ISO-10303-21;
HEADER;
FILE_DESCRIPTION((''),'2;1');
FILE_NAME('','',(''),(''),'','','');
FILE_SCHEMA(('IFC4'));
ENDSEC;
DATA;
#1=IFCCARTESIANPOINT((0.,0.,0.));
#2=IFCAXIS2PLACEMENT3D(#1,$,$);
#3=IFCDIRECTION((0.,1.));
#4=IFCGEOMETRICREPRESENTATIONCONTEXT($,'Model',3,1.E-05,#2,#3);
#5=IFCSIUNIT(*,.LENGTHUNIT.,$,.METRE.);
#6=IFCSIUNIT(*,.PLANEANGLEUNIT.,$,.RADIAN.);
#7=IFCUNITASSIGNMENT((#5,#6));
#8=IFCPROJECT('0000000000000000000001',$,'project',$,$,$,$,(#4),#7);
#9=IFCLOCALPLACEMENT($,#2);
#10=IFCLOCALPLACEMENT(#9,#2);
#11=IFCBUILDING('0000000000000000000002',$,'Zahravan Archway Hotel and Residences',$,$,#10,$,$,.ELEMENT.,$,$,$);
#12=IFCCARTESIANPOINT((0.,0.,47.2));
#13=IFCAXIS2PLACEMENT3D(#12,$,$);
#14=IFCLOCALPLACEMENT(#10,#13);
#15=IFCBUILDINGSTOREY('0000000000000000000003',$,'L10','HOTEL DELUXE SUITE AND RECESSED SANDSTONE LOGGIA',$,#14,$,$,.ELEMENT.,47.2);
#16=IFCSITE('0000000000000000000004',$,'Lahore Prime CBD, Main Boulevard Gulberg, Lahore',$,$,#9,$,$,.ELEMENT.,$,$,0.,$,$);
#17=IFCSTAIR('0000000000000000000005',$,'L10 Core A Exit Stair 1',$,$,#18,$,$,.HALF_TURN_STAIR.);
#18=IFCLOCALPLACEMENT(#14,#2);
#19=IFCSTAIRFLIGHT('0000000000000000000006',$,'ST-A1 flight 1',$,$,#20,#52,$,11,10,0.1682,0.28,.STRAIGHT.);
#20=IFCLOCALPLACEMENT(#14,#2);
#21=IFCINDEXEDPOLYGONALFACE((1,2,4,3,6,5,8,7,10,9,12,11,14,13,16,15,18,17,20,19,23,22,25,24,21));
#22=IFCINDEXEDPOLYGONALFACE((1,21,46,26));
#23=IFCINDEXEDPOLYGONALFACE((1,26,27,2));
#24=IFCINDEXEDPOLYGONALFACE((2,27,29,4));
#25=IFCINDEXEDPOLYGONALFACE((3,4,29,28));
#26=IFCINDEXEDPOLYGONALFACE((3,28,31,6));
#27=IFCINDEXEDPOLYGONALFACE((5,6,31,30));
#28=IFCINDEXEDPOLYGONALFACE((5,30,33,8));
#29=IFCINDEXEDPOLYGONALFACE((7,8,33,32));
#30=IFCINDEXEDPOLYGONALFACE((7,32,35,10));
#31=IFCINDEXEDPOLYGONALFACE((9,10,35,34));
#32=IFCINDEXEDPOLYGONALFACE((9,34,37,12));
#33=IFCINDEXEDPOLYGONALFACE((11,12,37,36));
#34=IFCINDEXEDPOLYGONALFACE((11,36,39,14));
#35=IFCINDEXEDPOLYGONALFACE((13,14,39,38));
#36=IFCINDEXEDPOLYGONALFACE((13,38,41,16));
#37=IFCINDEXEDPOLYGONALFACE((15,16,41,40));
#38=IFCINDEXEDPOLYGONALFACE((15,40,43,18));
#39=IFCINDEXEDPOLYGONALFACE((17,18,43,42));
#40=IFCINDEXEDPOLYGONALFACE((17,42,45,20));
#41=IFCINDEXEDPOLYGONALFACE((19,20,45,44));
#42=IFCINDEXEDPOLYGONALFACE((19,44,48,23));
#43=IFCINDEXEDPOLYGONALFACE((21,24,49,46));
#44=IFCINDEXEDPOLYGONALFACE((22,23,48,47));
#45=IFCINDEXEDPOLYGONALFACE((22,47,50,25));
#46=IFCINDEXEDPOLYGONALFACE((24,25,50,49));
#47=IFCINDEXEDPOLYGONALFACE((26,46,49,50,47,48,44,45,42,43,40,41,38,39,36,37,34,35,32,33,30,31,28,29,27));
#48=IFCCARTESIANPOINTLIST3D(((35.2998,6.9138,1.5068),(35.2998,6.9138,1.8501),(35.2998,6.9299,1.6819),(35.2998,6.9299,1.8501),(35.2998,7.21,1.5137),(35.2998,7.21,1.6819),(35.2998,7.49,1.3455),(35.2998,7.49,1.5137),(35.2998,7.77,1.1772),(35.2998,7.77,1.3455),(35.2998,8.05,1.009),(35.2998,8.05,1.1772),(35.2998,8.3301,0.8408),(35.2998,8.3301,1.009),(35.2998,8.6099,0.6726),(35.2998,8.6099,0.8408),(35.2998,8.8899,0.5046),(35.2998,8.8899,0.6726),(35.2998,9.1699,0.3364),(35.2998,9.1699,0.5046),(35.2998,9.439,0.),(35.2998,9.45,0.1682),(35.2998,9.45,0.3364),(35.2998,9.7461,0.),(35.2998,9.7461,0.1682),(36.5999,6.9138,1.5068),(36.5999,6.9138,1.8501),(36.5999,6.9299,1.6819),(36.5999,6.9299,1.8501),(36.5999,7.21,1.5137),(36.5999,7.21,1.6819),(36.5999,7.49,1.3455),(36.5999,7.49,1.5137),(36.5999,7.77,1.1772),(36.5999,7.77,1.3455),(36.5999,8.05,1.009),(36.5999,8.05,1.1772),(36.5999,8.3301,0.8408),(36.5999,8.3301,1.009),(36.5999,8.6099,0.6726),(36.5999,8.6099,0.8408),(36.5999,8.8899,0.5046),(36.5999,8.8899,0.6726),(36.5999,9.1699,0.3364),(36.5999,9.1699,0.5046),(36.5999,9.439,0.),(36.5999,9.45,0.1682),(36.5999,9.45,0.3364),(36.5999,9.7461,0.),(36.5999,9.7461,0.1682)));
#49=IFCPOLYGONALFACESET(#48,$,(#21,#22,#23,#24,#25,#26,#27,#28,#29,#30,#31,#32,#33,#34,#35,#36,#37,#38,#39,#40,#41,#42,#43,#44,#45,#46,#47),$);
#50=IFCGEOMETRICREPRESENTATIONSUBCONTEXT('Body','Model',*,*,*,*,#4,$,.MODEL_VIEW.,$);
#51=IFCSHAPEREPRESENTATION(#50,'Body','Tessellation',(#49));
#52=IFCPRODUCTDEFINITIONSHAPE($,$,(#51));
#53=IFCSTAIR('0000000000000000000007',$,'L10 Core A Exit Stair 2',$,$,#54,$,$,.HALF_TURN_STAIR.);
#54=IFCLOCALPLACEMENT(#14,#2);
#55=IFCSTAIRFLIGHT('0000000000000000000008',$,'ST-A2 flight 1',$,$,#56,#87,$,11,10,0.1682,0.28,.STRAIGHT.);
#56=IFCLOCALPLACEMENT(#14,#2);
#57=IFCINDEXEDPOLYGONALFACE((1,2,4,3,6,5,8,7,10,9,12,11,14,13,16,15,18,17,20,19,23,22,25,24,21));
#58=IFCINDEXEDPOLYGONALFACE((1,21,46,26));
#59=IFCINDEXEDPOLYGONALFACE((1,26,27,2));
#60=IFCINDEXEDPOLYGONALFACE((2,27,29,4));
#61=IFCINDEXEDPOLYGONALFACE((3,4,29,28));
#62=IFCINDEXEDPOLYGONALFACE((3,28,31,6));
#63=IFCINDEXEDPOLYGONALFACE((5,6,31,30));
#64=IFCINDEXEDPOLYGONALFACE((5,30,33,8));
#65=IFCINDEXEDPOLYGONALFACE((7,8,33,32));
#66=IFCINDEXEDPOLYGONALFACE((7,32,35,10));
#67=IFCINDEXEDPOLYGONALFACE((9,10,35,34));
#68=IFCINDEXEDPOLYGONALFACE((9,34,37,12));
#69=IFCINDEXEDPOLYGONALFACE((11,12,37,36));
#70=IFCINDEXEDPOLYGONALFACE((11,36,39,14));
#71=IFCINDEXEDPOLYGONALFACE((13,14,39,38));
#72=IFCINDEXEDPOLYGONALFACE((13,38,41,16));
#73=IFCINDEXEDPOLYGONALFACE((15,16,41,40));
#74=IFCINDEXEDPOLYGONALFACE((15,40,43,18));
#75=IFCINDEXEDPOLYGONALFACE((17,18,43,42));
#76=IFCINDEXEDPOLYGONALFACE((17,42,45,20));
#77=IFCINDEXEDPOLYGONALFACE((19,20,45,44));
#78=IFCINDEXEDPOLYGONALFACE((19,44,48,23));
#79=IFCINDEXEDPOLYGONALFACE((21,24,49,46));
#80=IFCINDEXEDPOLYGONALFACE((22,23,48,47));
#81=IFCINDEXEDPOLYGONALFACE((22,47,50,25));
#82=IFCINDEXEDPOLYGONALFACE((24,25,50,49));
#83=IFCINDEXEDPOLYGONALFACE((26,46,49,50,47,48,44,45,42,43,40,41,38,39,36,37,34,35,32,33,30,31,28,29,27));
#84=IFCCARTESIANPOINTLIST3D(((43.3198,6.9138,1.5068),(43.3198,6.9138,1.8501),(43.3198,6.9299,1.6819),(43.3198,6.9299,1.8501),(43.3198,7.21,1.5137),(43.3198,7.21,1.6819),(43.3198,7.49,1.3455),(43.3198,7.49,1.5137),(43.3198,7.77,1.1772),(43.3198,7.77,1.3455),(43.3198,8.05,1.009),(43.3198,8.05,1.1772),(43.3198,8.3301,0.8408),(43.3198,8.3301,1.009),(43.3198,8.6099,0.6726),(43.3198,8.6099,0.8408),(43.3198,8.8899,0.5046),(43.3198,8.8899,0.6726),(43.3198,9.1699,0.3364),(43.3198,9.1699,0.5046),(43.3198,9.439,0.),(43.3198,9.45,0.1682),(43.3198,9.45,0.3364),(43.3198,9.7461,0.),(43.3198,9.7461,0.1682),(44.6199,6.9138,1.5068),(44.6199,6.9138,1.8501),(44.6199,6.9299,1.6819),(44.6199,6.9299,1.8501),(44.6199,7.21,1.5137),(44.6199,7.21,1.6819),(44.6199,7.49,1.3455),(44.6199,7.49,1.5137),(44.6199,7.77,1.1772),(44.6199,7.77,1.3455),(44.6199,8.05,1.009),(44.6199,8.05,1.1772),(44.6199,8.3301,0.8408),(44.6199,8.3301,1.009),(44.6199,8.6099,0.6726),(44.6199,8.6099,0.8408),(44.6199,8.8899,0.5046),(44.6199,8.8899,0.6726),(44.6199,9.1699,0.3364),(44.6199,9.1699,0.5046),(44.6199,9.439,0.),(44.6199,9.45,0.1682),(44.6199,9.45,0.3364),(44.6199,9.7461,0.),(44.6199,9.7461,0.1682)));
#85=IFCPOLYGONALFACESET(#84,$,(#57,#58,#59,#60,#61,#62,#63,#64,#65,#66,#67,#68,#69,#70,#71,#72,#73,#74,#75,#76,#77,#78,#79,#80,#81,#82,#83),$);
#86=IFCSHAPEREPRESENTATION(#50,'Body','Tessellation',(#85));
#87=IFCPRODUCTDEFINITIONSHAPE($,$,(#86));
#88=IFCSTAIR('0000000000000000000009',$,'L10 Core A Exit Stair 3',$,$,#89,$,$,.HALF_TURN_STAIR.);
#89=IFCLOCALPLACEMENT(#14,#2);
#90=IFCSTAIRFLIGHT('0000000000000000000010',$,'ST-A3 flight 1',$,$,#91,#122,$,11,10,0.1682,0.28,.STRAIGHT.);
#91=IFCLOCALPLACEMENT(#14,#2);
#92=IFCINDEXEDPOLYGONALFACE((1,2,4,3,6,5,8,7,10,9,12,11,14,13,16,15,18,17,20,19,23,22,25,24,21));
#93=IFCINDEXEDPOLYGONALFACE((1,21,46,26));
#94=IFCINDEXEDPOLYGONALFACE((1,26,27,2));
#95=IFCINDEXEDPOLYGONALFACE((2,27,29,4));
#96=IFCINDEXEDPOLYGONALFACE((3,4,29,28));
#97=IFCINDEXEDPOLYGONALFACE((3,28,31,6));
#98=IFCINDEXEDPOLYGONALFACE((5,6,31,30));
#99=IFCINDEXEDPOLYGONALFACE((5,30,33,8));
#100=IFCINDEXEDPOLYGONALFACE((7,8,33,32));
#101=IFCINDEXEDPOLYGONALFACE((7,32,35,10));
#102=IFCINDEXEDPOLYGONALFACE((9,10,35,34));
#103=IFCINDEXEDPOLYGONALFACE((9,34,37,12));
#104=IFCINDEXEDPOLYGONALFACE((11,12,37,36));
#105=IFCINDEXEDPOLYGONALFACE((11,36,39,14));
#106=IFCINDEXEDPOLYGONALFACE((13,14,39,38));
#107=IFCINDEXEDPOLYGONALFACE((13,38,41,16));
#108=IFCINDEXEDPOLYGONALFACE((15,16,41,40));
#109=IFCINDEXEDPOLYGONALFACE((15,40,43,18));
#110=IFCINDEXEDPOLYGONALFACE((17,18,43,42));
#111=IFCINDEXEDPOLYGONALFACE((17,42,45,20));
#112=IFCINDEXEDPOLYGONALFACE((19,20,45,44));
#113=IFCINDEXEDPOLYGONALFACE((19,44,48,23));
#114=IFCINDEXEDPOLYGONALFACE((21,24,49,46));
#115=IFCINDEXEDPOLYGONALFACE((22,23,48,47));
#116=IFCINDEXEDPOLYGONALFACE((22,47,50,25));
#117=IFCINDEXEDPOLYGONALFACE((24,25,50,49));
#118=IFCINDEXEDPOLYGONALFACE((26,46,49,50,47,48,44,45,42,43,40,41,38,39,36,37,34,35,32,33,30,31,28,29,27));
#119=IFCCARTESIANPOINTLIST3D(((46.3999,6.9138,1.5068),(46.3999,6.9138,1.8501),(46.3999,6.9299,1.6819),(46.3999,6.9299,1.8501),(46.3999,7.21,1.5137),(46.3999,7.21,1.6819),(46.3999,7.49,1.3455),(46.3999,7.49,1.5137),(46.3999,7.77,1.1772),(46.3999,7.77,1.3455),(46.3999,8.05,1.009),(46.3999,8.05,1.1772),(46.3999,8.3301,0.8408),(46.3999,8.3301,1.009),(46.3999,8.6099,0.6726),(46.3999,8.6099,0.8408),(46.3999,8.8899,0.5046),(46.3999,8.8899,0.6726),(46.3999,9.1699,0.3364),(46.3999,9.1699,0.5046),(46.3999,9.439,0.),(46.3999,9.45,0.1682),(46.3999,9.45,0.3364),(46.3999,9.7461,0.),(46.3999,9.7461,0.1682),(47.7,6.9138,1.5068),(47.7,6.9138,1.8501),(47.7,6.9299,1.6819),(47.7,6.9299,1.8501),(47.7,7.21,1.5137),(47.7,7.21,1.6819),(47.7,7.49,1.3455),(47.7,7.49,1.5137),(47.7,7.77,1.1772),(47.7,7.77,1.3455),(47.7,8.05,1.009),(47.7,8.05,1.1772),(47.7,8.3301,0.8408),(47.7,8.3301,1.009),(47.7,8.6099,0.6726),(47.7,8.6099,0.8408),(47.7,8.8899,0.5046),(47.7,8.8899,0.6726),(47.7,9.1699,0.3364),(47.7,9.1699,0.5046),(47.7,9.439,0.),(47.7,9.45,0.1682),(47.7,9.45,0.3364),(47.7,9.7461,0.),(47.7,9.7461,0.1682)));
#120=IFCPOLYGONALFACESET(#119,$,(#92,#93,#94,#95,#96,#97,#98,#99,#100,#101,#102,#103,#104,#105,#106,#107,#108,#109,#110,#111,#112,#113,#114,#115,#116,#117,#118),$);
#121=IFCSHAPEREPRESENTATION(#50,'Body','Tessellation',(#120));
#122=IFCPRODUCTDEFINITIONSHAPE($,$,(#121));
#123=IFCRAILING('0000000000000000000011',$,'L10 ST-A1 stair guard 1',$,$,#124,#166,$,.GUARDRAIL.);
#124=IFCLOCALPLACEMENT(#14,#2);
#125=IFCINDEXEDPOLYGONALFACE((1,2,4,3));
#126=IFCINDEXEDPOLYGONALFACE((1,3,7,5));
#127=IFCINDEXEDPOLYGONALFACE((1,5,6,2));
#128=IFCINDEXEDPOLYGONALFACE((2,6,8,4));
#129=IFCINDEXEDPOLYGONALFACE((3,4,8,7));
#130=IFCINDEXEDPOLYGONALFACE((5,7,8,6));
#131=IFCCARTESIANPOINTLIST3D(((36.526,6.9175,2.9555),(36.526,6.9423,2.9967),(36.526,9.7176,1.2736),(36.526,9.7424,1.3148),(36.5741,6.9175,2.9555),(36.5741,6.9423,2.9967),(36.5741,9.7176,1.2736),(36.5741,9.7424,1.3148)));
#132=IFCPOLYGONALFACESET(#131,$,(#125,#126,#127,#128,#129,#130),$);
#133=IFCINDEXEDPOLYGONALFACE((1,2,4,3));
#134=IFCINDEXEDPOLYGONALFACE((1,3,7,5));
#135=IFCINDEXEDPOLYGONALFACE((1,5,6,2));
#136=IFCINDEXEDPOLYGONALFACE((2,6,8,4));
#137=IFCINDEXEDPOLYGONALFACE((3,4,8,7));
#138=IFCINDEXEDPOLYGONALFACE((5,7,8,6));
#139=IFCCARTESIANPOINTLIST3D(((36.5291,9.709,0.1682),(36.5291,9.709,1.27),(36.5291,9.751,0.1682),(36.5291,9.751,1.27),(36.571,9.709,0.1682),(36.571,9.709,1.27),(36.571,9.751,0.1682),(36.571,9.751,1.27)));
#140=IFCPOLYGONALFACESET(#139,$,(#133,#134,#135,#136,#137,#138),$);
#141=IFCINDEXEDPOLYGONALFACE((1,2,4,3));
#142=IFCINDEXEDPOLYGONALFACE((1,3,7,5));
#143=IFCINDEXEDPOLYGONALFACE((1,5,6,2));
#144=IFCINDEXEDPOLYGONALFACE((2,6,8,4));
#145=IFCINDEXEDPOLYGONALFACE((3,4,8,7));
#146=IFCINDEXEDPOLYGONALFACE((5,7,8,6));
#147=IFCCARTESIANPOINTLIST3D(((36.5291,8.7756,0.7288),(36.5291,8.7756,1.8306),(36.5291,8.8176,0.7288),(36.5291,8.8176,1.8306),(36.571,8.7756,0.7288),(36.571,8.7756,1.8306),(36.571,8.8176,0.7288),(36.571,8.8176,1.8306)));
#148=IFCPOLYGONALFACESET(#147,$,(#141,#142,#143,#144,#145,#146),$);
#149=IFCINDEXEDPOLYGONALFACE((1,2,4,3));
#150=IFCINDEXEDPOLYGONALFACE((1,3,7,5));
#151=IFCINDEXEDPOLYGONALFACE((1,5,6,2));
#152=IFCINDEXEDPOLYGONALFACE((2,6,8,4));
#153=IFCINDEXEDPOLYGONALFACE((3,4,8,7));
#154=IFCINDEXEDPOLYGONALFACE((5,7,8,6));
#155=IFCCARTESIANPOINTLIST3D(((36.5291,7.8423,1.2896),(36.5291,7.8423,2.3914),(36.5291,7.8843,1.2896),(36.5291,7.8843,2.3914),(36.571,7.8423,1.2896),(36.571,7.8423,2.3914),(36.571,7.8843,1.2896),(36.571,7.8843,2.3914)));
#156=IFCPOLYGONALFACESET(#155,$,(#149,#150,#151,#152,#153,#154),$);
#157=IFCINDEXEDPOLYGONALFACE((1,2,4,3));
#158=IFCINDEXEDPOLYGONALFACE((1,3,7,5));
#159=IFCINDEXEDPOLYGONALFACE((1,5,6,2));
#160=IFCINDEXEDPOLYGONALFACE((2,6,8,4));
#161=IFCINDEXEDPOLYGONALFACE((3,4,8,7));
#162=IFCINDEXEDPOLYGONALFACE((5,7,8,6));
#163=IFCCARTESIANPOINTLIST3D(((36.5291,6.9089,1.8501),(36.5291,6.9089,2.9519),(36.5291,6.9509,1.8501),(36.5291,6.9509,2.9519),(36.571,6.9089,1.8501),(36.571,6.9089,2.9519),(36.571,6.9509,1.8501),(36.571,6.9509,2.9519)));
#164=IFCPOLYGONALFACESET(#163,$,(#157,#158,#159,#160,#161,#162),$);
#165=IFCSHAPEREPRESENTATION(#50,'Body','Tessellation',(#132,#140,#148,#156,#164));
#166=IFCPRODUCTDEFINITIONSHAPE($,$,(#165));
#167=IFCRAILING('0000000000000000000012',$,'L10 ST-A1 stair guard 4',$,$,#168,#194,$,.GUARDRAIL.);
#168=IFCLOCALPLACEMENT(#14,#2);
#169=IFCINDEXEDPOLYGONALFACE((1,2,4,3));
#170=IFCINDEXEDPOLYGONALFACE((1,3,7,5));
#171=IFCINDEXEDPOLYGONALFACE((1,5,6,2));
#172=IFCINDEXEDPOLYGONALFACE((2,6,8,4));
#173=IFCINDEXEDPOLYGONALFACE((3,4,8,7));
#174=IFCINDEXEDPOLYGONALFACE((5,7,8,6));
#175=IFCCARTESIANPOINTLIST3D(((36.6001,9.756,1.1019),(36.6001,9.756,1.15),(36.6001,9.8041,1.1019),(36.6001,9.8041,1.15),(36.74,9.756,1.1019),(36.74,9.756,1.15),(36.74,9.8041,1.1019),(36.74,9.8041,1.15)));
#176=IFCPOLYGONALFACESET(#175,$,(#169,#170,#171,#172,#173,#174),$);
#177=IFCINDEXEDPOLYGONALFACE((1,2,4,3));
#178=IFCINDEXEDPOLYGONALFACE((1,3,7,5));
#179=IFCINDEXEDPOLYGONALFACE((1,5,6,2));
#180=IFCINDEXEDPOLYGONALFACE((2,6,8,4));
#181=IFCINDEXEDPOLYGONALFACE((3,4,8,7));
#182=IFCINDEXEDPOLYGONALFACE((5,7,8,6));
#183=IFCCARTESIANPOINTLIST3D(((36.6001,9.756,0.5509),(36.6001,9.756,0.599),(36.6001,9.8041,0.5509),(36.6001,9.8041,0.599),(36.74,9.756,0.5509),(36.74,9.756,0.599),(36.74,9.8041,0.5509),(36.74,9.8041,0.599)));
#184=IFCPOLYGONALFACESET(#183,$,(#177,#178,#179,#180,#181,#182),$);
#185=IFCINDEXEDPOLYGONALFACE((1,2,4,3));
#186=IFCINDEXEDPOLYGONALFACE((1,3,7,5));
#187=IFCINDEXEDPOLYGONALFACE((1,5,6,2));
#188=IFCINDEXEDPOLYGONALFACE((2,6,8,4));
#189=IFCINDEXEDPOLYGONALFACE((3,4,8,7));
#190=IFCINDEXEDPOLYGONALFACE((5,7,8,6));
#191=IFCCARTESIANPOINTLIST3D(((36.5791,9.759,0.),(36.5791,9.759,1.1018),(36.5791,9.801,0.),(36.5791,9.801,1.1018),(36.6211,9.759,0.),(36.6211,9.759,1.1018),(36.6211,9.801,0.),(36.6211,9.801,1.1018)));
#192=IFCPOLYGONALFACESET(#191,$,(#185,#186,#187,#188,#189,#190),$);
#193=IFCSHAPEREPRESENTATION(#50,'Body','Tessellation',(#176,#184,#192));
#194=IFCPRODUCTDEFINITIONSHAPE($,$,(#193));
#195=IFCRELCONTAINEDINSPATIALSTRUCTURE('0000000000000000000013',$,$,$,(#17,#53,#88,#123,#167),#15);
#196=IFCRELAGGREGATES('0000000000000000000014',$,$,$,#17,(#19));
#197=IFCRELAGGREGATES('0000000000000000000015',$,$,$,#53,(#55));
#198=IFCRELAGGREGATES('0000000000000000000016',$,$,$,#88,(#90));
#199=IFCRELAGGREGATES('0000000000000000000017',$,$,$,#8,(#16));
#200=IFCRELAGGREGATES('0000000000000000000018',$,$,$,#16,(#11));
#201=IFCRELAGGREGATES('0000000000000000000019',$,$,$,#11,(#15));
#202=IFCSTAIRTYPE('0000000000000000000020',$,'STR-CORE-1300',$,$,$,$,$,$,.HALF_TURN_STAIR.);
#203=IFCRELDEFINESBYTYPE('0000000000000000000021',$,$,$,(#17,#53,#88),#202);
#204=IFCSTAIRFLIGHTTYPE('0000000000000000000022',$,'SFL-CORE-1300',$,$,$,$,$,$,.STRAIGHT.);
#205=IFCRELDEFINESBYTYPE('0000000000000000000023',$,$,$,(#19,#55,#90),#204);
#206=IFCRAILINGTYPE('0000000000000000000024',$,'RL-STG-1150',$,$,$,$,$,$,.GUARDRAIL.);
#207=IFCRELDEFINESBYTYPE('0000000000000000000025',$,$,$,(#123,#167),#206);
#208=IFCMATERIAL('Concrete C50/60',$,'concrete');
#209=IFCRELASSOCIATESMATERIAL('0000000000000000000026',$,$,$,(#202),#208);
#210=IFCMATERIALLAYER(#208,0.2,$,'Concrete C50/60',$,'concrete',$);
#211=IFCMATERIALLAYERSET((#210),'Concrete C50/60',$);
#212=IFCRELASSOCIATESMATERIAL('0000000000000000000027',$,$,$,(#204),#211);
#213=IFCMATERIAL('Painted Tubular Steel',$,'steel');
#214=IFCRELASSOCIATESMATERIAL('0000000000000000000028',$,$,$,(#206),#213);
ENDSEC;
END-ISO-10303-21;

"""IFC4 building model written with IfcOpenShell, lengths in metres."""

from ifc_helpers import new_model, si_unit, direction, frame, origin, origin_2d, place, context, subcontext, project, spatial, polyline, rectangle, outline, extrude, source, transform, mapped, material, layer, layer_set, type_object, element, aggregate, save


model = new_model("IFC4")

# Units and contexts
model_context = context("Model", 3, precision=1e-05, world=origin(), true_north=direction((0.0, 1.0)))
body_context = subcontext(model_context, "Body", "Model", "MODEL_VIEW")
ifc_project = project(units=[si_unit("LENGTHUNIT", "METRE"), si_unit("PLANEANGLEUNIT", "RADIAN")], contexts=[model_context])

# Site, building, storey
site_placement = place(None, origin())
site = spatial("IfcSite", under=ifc_project, at=site_placement, Name="Lahore Prime CBD, Main Boulevard Gulberg, Lahore", CompositionType="ELEMENT", RefElevation=0.0)
building_placement = place(site_placement, origin())
building = spatial("IfcBuilding", under=site, at=building_placement, Name="Zahravan Archway Hotel and Residences", CompositionType="ELEMENT")
storey_placement = place(building_placement, frame((0.0, 0.0, 47.2)))
storey = spatial("IfcBuildingStorey", under=building, at=storey_placement, Name="L10", Description="HOTEL DELUXE SUITE AND RECESSED SANDSTONE LOGGIA", CompositionType="ELEMENT", Elevation=47.2)

# Shared definitions
ifc_material_1 = material(Name="Concrete C50/60", Category="concrete")

# Stairs, stair flights
stair_type = type_object("IfcStairType", Name="STR-CORE-1300", PredefinedType="HALF_TURN_STAIR", material=ifc_material_1)
stair_1_placement = place(storey_placement, origin())
stair_1 = element("IfcStair", 1, at=stair_1_placement, inside=storey, type_object=stair_type, Name="L10 Core A Exit Stair 1", PredefinedType="HALF_TURN_STAIR")
ifc_layer_1 = layer(ifc_material_1, 0.2, Name="Concrete C50/60", Category="concrete")
ifc_layer_set_1 = layer_set([ifc_layer_1], Name="Concrete C50/60")
stair_flight_type = type_object("IfcStairFlightType", Name="SFL-CORE-1300", PredefinedType="STRAIGHT", material=ifc_layer_set_1)
shared_shape_1 = source(origin(), body_context, "Body", "SweptSolid", [
    extrude(outline(polyline([(-0.0161, 0.0), (-0.0161, 0.1682), (0.28, 0.1682), (0.28, 0.3364), (0.5601, 0.3364), (0.5601, 0.5046), (0.8401, 0.5046), (0.8401, 0.6726), (1.1201, 0.6726), (1.1201, 0.8408), (1.3999, 0.8408), (1.3999, 1.009), (1.6799, 1.009), (1.6799, 1.1772), (1.96, 1.1772), (1.96, 1.3455), (2.24, 1.3455), (2.24, 1.5137), (2.52, 1.5137), (2.52, 1.6819), (2.8, 1.6819), (2.8, 1.8501), (2.8162, 1.8501), (2.8162, 1.5068), (0.291, 0.0), (-0.0161, 0.0)])), frame((0.0, 0.6499, 0.0), z_axis=(0.0, -1.0, 0.0), x_axis=(1.0, 0.0, 0.0)), (0.0, 0.0, 1.0), 1.3),
])
stair_flight_1_placement = place(storey_placement, frame((35.95, 9.73, 0.0), z_axis=(0.0, 0.0, 1.0), x_axis=(0.0, -1.0, 0.0)))
stair_flight_1 = element("IfcStairFlight", 2, at=stair_flight_1_placement, type_object=stair_flight_type, Name="ST-A1 flight 1", NumberOfRisers=11, NumberOfTreads=10, PredefinedType="STRAIGHT", RiserHeight=0.1682, TreadLength=0.28, context=body_context, shape_type="MappedRepresentation", body=[
    mapped(shared_shape_1, transform((0.0, 0.0, 0.0), scale=1.0)),
])
aggregate(stair_1, [stair_flight_1])
stair_2_placement = place(storey_placement, origin())
stair_2 = element("IfcStair", 3, at=stair_2_placement, inside=storey, type_object=stair_type, Name="L10 Core A Exit Stair 2", PredefinedType="HALF_TURN_STAIR")
stair_flight_2_placement = place(storey_placement, frame((43.97, 9.73, 0.0), z_axis=(0.0, 0.0, 1.0), x_axis=(0.0, -1.0, 0.0)))
stair_flight_2 = element("IfcStairFlight", 4, at=stair_flight_2_placement, type_object=stair_flight_type, Name="ST-A2 flight 1", NumberOfRisers=11, NumberOfTreads=10, PredefinedType="STRAIGHT", RiserHeight=0.1682, TreadLength=0.28, context=body_context, shape_type="MappedRepresentation", body=[
    mapped(shared_shape_1, transform((0.0, 0.0, 0.0), scale=1.0)),
])
aggregate(stair_2, [stair_flight_2])
stair_3_placement = place(storey_placement, origin())
stair_3 = element("IfcStair", 5, at=stair_3_placement, inside=storey, type_object=stair_type, Name="L10 Core A Exit Stair 3", PredefinedType="HALF_TURN_STAIR")
stair_flight_3_placement = place(storey_placement, frame((47.05, 9.73, 0.0), z_axis=(0.0, 0.0, 1.0), x_axis=(0.0, -1.0, 0.0)))
stair_flight_3 = element("IfcStairFlight", 6, at=stair_flight_3_placement, type_object=stair_flight_type, Name="ST-A3 flight 1", NumberOfRisers=11, NumberOfTreads=10, PredefinedType="STRAIGHT", RiserHeight=0.1682, TreadLength=0.28, context=body_context, shape_type="MappedRepresentation", body=[
    mapped(shared_shape_1, transform((0.0, 0.0, 0.0), scale=1.0)),
])
aggregate(stair_3, [stair_flight_3])

# Railings
ifc_material_2 = material(Name="Painted Tubular Steel", Category="steel")
railing_type_1 = type_object("IfcRailingType", Name="RL-STG-1150", PredefinedType="GUARDRAIL", material=ifc_material_2)
railing_1_placement = place(storey_placement, frame((36.55, 9.73, 0.1682)))
element("IfcRailing", 7, at=railing_1_placement, inside=storey, type_object=railing_type_1, Name="L10 ST-A1 stair guard 1", PredefinedType="GUARDRAIL", context=body_context, shape_type="SweptSolid", body=[
    extrude(rectangle(XDim=0.0481, YDim=0.0481, at=origin_2d()), frame((0.0, 0.0, 1.126), z_axis=(0.0, -0.857242, 0.514913), x_axis=(1.0, 0.0, 0.0)), (0.0, 0.0, 1.0), 3.2664),
    extrude(rectangle(XDim=0.042, YDim=0.042, at=origin_2d()), origin(), (0.0, 0.0, 1.0), 1.1018),
    extrude(rectangle(XDim=0.042, YDim=0.042, at=origin_2d()), frame((0.0, -0.9333, 0.5605)), (0.0, 0.0, 1.0), 1.1018),
    extrude(rectangle(XDim=0.042, YDim=0.042, at=origin_2d()), frame((0.0, -1.8667, 1.1213)), (0.0, 0.0, 1.0), 1.1018),
    extrude(rectangle(XDim=0.042, YDim=0.042, at=origin_2d()), frame((0.0, -2.8, 1.6819)), (0.0, 0.0, 1.0), 1.1018),
])
railing_2_placement = place(storey_placement, frame((36.6001, 9.78, 0.0)))
element("IfcRailing", 8, at=railing_2_placement, inside=storey, type_object=railing_type_1, Name="L10 ST-A1 stair guard 4", PredefinedType="GUARDRAIL", context=body_context, shape_type="SweptSolid", body=[
    extrude(rectangle(XDim=0.0481, YDim=0.0481, at=origin_2d()), frame((0.0, 0.0, 1.126), z_axis=(1.0, 0.0, 0.0), x_axis=(0.0, 1.0, 0.0)), (0.0, 0.0, 1.0), 0.1399),
    extrude(rectangle(XDim=0.0481, YDim=0.0481, at=origin_2d()), frame((0.0, 0.0, 0.575), z_axis=(1.0, 0.0, 0.0), x_axis=(0.0, 1.0, 0.0)), (0.0, 0.0, 1.0), 0.1399),
    extrude(rectangle(XDim=0.042, YDim=0.042, at=origin_2d()), origin(), (0.0, 0.0, 1.0), 1.1018),
])

save(model, "model.ifc")
